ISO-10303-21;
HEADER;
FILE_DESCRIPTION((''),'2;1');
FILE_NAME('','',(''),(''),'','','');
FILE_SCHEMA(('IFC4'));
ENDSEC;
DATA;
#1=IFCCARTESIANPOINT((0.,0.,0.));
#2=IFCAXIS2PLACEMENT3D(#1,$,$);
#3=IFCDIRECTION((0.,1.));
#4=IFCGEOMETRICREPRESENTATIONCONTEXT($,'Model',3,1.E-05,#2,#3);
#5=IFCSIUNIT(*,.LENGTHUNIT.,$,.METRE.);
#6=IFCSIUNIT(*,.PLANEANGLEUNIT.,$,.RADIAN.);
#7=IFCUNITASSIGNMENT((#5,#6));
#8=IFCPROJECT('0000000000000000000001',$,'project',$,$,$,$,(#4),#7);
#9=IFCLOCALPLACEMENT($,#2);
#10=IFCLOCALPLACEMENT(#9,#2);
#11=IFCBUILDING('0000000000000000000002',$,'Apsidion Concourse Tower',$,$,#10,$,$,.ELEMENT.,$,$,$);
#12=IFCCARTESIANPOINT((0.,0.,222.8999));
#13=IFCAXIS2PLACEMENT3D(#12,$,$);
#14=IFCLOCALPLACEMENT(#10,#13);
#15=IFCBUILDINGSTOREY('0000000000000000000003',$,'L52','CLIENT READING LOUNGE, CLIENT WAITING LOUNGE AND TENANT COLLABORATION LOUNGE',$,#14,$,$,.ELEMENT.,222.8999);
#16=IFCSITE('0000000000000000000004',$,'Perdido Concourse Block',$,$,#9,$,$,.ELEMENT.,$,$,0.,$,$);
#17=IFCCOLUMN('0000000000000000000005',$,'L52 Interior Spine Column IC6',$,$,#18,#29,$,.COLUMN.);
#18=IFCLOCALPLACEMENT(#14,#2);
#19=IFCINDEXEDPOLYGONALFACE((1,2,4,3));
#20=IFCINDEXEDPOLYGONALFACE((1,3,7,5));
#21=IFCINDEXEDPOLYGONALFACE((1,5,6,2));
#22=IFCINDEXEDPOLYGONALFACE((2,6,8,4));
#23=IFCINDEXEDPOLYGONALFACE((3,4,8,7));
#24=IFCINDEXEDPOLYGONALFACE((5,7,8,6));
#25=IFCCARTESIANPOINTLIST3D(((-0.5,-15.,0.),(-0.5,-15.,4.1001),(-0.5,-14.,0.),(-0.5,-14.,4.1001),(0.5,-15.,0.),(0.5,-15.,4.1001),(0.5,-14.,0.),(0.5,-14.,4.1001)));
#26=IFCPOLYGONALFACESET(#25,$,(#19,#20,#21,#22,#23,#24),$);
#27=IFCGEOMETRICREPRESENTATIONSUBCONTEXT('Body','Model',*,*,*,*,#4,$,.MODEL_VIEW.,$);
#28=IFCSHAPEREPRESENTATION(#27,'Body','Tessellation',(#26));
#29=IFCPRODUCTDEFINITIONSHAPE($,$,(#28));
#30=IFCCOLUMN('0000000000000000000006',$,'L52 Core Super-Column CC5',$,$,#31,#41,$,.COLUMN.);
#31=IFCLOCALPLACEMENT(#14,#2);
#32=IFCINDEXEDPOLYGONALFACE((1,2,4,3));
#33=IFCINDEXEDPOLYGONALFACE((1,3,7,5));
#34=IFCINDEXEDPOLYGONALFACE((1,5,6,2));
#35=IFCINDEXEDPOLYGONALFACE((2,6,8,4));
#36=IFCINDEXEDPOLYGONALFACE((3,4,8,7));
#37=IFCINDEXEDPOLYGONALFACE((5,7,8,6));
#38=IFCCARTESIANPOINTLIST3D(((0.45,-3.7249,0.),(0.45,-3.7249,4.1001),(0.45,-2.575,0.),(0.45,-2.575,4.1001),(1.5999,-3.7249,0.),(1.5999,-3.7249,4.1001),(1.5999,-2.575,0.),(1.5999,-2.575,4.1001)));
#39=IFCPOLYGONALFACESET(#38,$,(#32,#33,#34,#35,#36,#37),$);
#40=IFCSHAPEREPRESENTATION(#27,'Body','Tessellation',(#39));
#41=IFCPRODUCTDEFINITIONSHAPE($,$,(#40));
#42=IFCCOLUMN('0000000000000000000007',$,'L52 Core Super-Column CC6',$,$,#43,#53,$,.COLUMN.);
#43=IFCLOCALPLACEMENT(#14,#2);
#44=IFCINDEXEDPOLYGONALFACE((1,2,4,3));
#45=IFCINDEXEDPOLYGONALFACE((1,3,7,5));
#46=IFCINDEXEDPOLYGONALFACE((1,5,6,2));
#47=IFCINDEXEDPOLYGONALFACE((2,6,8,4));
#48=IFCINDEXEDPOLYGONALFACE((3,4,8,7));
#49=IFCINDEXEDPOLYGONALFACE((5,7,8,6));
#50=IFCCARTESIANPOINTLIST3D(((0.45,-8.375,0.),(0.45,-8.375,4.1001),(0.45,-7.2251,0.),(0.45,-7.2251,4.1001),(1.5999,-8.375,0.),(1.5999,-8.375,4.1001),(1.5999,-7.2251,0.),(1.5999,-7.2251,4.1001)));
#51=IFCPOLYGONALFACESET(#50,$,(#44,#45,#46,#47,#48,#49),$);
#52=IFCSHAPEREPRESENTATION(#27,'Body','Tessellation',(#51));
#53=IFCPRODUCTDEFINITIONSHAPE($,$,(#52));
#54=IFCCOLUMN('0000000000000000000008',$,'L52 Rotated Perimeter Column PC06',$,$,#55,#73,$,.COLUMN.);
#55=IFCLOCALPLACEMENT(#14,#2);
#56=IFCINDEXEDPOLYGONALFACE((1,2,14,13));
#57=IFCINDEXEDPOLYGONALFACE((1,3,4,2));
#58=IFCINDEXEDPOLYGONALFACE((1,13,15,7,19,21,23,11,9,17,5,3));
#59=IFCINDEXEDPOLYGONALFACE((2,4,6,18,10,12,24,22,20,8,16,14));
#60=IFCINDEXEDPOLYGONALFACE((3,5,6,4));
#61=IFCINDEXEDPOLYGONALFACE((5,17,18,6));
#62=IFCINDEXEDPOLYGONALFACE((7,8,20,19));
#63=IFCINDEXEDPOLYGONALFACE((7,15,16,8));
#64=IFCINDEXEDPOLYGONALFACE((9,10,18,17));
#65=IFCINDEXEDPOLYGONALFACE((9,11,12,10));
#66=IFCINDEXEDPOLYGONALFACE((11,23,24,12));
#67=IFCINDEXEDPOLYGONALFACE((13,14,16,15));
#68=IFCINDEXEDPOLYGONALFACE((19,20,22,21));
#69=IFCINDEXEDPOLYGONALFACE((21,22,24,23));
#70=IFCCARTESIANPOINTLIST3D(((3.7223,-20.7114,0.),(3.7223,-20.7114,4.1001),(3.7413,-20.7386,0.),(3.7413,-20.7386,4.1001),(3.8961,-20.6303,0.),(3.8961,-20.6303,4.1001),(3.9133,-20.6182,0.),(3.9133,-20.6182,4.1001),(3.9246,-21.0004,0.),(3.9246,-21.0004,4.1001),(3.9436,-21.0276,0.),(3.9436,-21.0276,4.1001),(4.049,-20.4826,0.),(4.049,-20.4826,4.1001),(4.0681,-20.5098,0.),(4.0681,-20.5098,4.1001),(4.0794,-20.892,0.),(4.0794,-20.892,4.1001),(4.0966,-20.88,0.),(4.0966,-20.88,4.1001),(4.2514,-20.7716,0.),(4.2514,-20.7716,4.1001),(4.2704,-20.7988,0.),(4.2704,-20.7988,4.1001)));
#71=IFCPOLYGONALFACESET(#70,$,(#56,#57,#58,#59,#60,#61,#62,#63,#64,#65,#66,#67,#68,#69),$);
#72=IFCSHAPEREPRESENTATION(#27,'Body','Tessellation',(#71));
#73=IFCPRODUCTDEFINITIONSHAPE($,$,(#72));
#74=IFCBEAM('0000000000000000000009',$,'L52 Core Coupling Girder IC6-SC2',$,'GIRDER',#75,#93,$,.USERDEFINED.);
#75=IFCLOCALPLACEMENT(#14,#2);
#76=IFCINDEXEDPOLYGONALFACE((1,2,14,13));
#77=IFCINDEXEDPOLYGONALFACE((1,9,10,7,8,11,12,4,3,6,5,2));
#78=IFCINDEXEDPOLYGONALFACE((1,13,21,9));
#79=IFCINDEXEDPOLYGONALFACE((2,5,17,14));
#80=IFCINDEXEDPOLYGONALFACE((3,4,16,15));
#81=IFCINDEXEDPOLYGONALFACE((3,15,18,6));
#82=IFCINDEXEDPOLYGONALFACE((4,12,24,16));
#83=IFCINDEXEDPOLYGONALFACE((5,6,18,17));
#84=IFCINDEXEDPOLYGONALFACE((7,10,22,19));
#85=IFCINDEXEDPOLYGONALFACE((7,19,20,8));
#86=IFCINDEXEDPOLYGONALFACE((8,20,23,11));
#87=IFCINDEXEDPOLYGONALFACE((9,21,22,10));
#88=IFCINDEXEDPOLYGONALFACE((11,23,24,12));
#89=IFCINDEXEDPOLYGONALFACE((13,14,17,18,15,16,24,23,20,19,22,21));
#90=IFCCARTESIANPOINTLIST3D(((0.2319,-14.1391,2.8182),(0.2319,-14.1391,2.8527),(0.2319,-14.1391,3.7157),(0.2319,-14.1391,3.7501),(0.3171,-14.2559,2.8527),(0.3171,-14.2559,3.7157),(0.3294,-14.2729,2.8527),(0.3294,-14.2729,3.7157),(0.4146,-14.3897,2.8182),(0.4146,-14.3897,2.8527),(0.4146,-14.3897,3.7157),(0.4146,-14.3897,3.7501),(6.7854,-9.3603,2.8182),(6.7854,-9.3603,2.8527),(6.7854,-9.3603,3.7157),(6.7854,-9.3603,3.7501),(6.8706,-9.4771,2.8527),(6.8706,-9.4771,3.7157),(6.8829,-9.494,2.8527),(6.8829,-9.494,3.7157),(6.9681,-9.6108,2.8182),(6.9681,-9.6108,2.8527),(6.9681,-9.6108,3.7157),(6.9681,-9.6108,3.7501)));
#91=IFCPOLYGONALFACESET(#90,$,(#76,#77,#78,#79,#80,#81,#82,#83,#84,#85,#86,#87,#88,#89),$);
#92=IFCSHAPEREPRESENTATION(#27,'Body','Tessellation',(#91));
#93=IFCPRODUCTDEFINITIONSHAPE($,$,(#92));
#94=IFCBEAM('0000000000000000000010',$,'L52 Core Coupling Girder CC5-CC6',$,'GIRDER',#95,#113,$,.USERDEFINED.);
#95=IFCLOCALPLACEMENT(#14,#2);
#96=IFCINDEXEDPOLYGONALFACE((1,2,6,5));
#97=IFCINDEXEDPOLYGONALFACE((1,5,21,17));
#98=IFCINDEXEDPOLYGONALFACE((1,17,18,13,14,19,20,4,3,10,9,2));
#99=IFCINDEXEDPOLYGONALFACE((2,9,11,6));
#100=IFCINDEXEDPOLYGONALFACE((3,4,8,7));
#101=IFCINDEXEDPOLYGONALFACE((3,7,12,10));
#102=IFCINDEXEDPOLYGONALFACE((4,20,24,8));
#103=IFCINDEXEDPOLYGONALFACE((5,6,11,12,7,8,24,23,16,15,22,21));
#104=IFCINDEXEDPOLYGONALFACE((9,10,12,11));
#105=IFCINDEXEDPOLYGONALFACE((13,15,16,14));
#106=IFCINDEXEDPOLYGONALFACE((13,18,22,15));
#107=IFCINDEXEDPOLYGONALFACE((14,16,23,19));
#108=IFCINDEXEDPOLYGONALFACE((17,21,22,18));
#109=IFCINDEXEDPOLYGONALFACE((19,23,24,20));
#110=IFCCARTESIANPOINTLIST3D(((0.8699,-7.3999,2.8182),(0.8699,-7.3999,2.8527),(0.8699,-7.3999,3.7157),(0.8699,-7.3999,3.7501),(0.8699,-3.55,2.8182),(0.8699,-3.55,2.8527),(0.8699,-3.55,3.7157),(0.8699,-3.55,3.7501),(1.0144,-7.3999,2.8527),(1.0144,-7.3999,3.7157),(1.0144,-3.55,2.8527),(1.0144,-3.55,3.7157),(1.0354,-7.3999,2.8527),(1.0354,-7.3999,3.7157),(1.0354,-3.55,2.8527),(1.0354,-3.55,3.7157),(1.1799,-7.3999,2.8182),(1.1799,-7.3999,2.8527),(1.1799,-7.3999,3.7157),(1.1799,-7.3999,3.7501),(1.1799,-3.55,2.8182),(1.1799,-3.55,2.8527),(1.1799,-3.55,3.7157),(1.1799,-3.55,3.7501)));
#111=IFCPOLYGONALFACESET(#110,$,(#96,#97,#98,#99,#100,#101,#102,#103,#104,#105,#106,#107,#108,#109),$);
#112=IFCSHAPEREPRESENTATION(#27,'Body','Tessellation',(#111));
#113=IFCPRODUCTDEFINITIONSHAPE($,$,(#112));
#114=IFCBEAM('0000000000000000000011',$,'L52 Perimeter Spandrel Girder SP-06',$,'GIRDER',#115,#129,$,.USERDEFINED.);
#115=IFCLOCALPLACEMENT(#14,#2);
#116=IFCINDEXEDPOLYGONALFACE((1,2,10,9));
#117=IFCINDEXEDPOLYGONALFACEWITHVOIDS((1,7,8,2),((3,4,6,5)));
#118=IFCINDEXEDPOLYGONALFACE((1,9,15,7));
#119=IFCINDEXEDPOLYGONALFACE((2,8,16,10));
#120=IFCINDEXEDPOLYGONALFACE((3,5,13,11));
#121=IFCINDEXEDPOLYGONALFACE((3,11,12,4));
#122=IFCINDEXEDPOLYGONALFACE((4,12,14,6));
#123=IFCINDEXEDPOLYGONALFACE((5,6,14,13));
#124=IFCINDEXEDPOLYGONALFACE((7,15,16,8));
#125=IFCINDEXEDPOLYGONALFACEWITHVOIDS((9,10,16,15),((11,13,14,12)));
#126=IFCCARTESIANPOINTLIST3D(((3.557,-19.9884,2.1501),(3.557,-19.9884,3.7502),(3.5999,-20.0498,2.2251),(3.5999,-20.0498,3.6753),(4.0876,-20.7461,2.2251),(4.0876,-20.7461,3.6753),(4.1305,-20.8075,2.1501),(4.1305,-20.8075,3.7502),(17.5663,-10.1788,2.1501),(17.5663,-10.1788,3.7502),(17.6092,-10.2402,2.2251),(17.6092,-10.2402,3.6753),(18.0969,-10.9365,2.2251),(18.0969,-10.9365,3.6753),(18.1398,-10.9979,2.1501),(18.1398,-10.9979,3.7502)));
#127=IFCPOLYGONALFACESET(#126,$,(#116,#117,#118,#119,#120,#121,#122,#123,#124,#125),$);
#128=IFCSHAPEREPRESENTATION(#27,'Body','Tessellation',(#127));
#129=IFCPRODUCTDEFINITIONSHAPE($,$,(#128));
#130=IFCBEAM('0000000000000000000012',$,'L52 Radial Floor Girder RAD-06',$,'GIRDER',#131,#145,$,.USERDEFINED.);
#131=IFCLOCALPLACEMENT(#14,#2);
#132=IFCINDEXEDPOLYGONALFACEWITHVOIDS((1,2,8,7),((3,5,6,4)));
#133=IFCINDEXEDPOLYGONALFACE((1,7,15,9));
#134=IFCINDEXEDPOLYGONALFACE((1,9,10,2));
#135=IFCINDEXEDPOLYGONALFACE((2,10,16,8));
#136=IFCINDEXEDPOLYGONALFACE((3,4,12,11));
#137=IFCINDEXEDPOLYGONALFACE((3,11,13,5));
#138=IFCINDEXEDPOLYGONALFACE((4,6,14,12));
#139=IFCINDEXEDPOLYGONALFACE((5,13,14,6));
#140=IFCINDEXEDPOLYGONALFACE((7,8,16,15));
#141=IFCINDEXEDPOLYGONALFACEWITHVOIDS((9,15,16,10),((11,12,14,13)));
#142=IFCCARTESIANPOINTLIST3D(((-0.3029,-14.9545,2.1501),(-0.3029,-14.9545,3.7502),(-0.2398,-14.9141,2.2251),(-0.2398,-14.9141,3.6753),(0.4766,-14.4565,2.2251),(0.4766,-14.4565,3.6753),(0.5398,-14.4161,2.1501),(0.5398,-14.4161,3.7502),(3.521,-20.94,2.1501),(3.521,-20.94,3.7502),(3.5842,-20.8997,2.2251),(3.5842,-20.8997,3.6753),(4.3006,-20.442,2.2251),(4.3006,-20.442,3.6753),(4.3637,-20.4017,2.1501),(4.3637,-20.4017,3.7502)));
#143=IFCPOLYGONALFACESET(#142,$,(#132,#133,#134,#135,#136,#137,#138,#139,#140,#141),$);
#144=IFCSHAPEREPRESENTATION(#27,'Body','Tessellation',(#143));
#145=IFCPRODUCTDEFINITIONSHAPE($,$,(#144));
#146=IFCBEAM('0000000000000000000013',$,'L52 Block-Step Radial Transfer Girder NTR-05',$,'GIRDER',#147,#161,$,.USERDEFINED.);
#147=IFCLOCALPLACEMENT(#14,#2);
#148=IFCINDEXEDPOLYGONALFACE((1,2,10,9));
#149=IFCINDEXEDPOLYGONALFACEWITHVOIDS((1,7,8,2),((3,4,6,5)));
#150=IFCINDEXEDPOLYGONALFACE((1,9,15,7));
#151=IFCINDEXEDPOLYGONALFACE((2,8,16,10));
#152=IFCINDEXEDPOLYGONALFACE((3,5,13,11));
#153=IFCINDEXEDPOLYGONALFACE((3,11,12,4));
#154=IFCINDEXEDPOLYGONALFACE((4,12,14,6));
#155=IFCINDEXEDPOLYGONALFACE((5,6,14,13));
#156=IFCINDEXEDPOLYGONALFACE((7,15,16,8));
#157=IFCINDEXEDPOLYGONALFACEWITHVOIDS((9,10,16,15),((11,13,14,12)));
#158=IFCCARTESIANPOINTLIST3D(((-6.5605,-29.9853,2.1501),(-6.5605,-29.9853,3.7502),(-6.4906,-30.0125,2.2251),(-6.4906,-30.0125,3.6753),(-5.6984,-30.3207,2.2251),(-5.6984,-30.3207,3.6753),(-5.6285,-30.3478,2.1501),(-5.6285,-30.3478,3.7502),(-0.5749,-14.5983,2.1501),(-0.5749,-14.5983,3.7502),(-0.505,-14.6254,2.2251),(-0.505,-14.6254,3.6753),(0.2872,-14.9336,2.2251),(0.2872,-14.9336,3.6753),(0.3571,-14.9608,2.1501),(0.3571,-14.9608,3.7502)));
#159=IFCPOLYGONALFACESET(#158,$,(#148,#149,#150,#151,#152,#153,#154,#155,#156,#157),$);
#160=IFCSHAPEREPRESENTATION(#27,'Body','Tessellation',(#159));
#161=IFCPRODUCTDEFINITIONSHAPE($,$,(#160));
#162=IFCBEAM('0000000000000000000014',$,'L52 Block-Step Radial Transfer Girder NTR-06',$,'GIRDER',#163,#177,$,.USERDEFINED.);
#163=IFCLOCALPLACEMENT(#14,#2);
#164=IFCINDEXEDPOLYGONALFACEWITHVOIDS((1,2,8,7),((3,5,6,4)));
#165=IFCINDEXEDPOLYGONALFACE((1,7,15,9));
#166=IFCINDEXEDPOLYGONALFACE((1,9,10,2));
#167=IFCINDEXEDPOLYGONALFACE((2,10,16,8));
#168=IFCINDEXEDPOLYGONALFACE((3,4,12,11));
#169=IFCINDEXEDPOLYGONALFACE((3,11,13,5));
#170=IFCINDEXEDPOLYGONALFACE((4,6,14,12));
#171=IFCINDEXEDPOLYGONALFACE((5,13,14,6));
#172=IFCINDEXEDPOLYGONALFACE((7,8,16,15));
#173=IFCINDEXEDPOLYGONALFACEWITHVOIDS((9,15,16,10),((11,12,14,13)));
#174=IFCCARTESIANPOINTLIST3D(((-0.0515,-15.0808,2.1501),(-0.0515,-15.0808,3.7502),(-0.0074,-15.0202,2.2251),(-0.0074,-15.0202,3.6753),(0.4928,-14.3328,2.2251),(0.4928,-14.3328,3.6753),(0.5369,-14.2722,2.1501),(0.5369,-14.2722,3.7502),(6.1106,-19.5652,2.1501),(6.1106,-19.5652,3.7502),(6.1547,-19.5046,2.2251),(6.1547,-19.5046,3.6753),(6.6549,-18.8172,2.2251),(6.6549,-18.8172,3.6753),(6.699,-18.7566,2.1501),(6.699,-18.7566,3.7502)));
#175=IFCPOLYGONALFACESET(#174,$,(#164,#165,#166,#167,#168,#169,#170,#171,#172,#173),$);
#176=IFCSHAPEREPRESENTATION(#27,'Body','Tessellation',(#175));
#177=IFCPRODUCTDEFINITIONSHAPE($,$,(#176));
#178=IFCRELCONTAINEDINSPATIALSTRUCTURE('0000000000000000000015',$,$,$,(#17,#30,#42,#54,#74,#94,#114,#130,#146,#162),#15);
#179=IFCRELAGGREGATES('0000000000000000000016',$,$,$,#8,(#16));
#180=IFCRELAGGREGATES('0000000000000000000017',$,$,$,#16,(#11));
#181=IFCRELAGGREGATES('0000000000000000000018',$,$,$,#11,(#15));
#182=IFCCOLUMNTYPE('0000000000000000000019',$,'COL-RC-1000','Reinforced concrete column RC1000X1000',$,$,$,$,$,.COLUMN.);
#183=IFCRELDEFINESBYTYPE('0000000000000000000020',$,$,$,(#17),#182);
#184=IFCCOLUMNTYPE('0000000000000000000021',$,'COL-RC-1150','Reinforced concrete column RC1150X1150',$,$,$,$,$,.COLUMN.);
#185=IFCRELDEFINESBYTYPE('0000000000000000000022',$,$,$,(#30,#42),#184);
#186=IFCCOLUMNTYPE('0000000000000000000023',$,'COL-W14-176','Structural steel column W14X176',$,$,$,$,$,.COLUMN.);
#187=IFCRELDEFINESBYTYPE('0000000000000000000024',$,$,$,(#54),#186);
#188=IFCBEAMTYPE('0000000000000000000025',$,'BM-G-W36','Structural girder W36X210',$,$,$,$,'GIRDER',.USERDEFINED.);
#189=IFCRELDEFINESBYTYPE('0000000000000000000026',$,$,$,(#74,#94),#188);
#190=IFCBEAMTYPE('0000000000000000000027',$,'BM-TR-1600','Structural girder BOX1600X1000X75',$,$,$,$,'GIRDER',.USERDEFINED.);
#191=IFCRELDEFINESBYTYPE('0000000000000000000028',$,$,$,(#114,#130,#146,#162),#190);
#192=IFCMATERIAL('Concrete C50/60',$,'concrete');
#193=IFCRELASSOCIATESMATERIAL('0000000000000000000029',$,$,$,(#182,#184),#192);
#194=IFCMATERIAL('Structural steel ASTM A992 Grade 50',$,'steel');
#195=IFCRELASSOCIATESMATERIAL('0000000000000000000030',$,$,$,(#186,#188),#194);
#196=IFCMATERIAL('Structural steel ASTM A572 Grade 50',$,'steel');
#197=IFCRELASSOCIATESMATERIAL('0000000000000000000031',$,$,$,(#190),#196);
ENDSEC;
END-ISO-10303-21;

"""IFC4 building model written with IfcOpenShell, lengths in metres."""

from ifc_helpers import new_model, si_unit, direction, frame, origin, origin_2d, place, context, subcontext, project, spatial, rectangle, hollow_rectangle, i_section, extrude, material, material_profile, profile_set, type_object, element, save


model = new_model("IFC4")

# Units and contexts
model_context = context("Model", 3, precision=1e-05, world=origin(), true_north=direction((0.0, 1.0)))
body_context = subcontext(model_context, "Body", "Model", "MODEL_VIEW")
ifc_project = project(units=[si_unit("LENGTHUNIT", "METRE"), si_unit("PLANEANGLEUNIT", "RADIAN")], contexts=[model_context])

# Site, building, storey
site_placement = place(None, origin())
site = spatial("IfcSite", under=ifc_project, at=site_placement, Name="Perdido Concourse Block", CompositionType="ELEMENT", RefElevation=0.0)
building_placement = place(site_placement, origin())
building = spatial("IfcBuilding", under=site, at=building_placement, Name="Apsidion Concourse Tower", CompositionType="ELEMENT")
storey_placement = place(building_placement, frame((0.0, 0.0, 222.8999)))
storey = spatial("IfcBuildingStorey", under=building, at=storey_placement, Name="L52", Description="CLIENT READING LOUNGE, CLIENT WAITING LOUNGE AND TENANT COLLABORATION LOUNGE", CompositionType="ELEMENT", Elevation=222.8999)

# Columns
ifc_material_1 = material(Name="Concrete C50/60", Category="concrete")
ifc_material_profile_1 = material_profile(ifc_material_1, rectangle(XDim=1.0, YDim=1.0, at=origin_2d()), Name="RC 1000x1000")
ifc_profile_set_1 = profile_set([ifc_material_profile_1], Name="Concrete C50/60")
column_type_1 = type_object("IfcColumnType", Name="COL-RC-1000", Description="Reinforced concrete column RC1000X1000", PredefinedType="COLUMN", material=ifc_profile_set_1)
column_1_placement = place(storey_placement, frame((0.0, -14.5, 0.0), z_axis=(0.0, 0.0, 1.0), x_axis=(1.0, 0.0, 0.0)))
element("IfcColumn", 1, at=column_1_placement, inside=storey, type_object=column_type_1, Name="L52 Interior Spine Column IC6", PredefinedType="COLUMN", context=body_context, shape_type="SweptSolid", body=[
    extrude(rectangle(XDim=1.0, YDim=1.0, at=origin_2d()), origin(), (0.0, 0.0, 1.0), 4.1001),
])
ifc_material_profile_2 = material_profile(ifc_material_1, rectangle(XDim=1.1499, YDim=1.1499, at=origin_2d()), Name="RC 1150x1150")
ifc_profile_set_2 = profile_set([ifc_material_profile_2], Name="Concrete C50/60")
column_type_2 = type_object("IfcColumnType", Name="COL-RC-1150", Description="Reinforced concrete column RC1150X1150", PredefinedType="COLUMN", material=ifc_profile_set_2)
for number, where, z_axis, x_axis, name in (
    (2, (1.0249, -3.1499, 0.0), (0.0, 0.0, 1.0), (1.0, 0.0, 0.0), "L52 Core Super-Column CC5"),
    (3, (1.0249, -7.8, 0.0), (0.0, 0.0, 1.0), (1.0, 0.0, 0.0), "L52 Core Super-Column CC6"),
):
    element("IfcColumn", number, at=place(storey_placement, frame(where, z_axis=z_axis, x_axis=x_axis)), inside=storey, type_object=column_type_2, Name=name, PredefinedType="COLUMN", context=body_context, shape_type="SweptSolid", body=[
        extrude(rectangle(XDim=1.1499, YDim=1.1499, at=origin_2d()), origin(), (0.0, 0.0, 1.0), 4.1001),
    ])
ifc_material_2 = material(Name="Structural steel ASTM A992 Grade 50", Category="steel")
ifc_material_profile_3 = material_profile(ifc_material_2, i_section(OverallWidth=0.3989, OverallDepth=0.386, WebThickness=0.021, FlangeThickness=0.0332, at=origin_2d()), Name="W14X176")
ifc_profile_set_3 = profile_set([ifc_material_profile_3], Name="Structural steel ASTM A992 Grade 50")
column_type_3 = type_object("IfcColumnType", Name="COL-W14-176", Description="Structural steel column W14X176", PredefinedType="COLUMN", material=ifc_profile_set_3)
column_2_placement = place(storey_placement, frame((3.9963, -20.7551, 0.0), z_axis=(0.0, 0.0, 1.0), x_axis=(0.819152, 0.573576, 0.0)))
element("IfcColumn", 4, at=column_2_placement, inside=storey, type_object=column_type_3, Name="L52 Rotated Perimeter Column PC06", PredefinedType="COLUMN", context=body_context, shape_type="SweptSolid", body=[
    extrude(i_section(OverallWidth=0.3989, OverallDepth=0.386, WebThickness=0.021, FlangeThickness=0.0332, at=origin_2d()), origin(), (0.0, 0.0, 1.0), 4.1001),
])

# Beams
ifc_material_profile_4 = material_profile(ifc_material_2, i_section(OverallWidth=0.3101, OverallDepth=0.9319, WebThickness=0.021, FlangeThickness=0.0344, at=origin_2d()), Name="W36X210")
ifc_profile_set_4 = profile_set([ifc_material_profile_4], Name="Structural steel ASTM A992 Grade 50")
beam_type_1 = type_object("IfcBeamType", Name="BM-G-W36", Description="Structural girder W36X210", ElementType="GIRDER", PredefinedType="USERDEFINED", material=ifc_profile_set_4)
beam_1_placement = place(storey_placement, frame((0.3232, -14.2644, 3.2842), z_axis=(0.807993, 0.589191, 0.0), x_axis=(-0.589191, 0.807993, 0.0)))
element("IfcBeam", 5, at=beam_1_placement, inside=storey, type_object=beam_type_1, Name="L52 Core Coupling Girder IC6-SC2", ObjectType="GIRDER", PredefinedType="USERDEFINED", context=body_context, shape_type="SweptSolid", body=[
    extrude(i_section(OverallWidth=0.3101, OverallDepth=0.9319, WebThickness=0.021, FlangeThickness=0.0344, at=origin_2d()), origin(), (0.0, 0.0, 1.0), 8.1108),
])
beam_2_placement = place(storey_placement, frame((1.0249, -3.55, 3.2842), z_axis=(0.0, -1.0, 0.0), x_axis=(1.0, 0.0, 0.0)))
element("IfcBeam", 6, at=beam_2_placement, inside=storey, type_object=beam_type_1, Name="L52 Core Coupling Girder CC5-CC6", ObjectType="GIRDER", PredefinedType="USERDEFINED", context=body_context, shape_type="SweptSolid", body=[
    extrude(i_section(OverallWidth=0.3101, OverallDepth=0.9319, WebThickness=0.021, FlangeThickness=0.0344, at=origin_2d()), origin(), (0.0, 0.0, 1.0), 3.8499),
])
ifc_material_3 = material(Name="Structural steel ASTM A572 Grade 50", Category="steel")
ifc_material_profile_5 = material_profile(ifc_material_3, hollow_rectangle(XDim=1.0, YDim=1.6001, WallThickness=0.075, at=origin_2d()), Name="BOX1600X1000X75")
ifc_profile_set_5 = profile_set([ifc_material_profile_5], Name="Structural steel ASTM A572 Grade 50")
beam_type_2 = type_object("IfcBeamType", Name="BM-TR-1600", Description="Structural girder BOX1600X1000X75", ElementType="GIRDER", PredefinedType="USERDEFINED", material=ifc_profile_set_5)
beam_3_placement = place(storey_placement, frame((3.8438, -20.3979, 2.9502), z_axis=(0.819147, 0.573583, 0.0), x_axis=(-0.573583, 0.819147, 0.0)))
element("IfcBeam", 7, at=beam_3_placement, inside=storey, type_object=beam_type_2, Name="L52 Perimeter Spandrel Girder SP-06", ObjectType="GIRDER", PredefinedType="USERDEFINED", context=body_context, shape_type="SweptSolid", body=[
    extrude(hollow_rectangle(XDim=1.0, YDim=1.6001, WallThickness=0.075, at=origin_2d()), origin(), (0.0, 0.0, 1.0), 17.1023),
])
beam_4_placement = place(storey_placement, frame((0.1184, -14.6853, 2.9502), z_axis=(0.538374, -0.842706, 0.0), x_axis=(0.842706, 0.538374, 0.0)))
element("IfcBeam", 8, at=beam_4_placement, inside=storey, type_object=beam_type_2, Name="L52 Radial Floor Girder RAD-06", ObjectType="GIRDER", PredefinedType="USERDEFINED", context=body_context, shape_type="SweptSolid", body=[
    extrude(hollow_rectangle(XDim=1.0, YDim=1.6001, WallThickness=0.075, at=origin_2d()), origin(), (0.0, 0.0, 1.0), 7.1028),
])
beam_5_placement = place(storey_placement, frame((-0.1089, -14.7795, 2.9502), z_axis=(-0.36254, -0.931968, 0.0), x_axis=(0.931968, -0.36254, 0.0)))
element("IfcBeam", 9, at=beam_5_placement, inside=storey, type_object=beam_type_2, Name="L52 Block-Step Radial Transfer Girder NTR-05", ObjectType="GIRDER", PredefinedType="USERDEFINED", context=body_context, shape_type="SweptSolid", body=[
    extrude(hollow_rectangle(XDim=1.0, YDim=1.6001, WallThickness=0.075, at=origin_2d()), origin(), (0.0, 0.0, 1.0), 16.5103),
])
beam_6_placement = place(storey_placement, frame((0.2427, -14.6765, 2.9502), z_axis=(0.808559, -0.588415, 0.0), x_axis=(0.588415, 0.808559, 0.0)))
element("IfcBeam", 10, at=beam_6_placement, inside=storey, type_object=beam_type_2, Name="L52 Block-Step Radial Transfer Girder NTR-06", ObjectType="GIRDER", PredefinedType="USERDEFINED", context=body_context, shape_type="SweptSolid", body=[
    extrude(hollow_rectangle(XDim=1.0, YDim=1.6001, WallThickness=0.075, at=origin_2d()), origin(), (0.0, 0.0, 1.0), 7.6211),
])

save(model, "model.ifc")
